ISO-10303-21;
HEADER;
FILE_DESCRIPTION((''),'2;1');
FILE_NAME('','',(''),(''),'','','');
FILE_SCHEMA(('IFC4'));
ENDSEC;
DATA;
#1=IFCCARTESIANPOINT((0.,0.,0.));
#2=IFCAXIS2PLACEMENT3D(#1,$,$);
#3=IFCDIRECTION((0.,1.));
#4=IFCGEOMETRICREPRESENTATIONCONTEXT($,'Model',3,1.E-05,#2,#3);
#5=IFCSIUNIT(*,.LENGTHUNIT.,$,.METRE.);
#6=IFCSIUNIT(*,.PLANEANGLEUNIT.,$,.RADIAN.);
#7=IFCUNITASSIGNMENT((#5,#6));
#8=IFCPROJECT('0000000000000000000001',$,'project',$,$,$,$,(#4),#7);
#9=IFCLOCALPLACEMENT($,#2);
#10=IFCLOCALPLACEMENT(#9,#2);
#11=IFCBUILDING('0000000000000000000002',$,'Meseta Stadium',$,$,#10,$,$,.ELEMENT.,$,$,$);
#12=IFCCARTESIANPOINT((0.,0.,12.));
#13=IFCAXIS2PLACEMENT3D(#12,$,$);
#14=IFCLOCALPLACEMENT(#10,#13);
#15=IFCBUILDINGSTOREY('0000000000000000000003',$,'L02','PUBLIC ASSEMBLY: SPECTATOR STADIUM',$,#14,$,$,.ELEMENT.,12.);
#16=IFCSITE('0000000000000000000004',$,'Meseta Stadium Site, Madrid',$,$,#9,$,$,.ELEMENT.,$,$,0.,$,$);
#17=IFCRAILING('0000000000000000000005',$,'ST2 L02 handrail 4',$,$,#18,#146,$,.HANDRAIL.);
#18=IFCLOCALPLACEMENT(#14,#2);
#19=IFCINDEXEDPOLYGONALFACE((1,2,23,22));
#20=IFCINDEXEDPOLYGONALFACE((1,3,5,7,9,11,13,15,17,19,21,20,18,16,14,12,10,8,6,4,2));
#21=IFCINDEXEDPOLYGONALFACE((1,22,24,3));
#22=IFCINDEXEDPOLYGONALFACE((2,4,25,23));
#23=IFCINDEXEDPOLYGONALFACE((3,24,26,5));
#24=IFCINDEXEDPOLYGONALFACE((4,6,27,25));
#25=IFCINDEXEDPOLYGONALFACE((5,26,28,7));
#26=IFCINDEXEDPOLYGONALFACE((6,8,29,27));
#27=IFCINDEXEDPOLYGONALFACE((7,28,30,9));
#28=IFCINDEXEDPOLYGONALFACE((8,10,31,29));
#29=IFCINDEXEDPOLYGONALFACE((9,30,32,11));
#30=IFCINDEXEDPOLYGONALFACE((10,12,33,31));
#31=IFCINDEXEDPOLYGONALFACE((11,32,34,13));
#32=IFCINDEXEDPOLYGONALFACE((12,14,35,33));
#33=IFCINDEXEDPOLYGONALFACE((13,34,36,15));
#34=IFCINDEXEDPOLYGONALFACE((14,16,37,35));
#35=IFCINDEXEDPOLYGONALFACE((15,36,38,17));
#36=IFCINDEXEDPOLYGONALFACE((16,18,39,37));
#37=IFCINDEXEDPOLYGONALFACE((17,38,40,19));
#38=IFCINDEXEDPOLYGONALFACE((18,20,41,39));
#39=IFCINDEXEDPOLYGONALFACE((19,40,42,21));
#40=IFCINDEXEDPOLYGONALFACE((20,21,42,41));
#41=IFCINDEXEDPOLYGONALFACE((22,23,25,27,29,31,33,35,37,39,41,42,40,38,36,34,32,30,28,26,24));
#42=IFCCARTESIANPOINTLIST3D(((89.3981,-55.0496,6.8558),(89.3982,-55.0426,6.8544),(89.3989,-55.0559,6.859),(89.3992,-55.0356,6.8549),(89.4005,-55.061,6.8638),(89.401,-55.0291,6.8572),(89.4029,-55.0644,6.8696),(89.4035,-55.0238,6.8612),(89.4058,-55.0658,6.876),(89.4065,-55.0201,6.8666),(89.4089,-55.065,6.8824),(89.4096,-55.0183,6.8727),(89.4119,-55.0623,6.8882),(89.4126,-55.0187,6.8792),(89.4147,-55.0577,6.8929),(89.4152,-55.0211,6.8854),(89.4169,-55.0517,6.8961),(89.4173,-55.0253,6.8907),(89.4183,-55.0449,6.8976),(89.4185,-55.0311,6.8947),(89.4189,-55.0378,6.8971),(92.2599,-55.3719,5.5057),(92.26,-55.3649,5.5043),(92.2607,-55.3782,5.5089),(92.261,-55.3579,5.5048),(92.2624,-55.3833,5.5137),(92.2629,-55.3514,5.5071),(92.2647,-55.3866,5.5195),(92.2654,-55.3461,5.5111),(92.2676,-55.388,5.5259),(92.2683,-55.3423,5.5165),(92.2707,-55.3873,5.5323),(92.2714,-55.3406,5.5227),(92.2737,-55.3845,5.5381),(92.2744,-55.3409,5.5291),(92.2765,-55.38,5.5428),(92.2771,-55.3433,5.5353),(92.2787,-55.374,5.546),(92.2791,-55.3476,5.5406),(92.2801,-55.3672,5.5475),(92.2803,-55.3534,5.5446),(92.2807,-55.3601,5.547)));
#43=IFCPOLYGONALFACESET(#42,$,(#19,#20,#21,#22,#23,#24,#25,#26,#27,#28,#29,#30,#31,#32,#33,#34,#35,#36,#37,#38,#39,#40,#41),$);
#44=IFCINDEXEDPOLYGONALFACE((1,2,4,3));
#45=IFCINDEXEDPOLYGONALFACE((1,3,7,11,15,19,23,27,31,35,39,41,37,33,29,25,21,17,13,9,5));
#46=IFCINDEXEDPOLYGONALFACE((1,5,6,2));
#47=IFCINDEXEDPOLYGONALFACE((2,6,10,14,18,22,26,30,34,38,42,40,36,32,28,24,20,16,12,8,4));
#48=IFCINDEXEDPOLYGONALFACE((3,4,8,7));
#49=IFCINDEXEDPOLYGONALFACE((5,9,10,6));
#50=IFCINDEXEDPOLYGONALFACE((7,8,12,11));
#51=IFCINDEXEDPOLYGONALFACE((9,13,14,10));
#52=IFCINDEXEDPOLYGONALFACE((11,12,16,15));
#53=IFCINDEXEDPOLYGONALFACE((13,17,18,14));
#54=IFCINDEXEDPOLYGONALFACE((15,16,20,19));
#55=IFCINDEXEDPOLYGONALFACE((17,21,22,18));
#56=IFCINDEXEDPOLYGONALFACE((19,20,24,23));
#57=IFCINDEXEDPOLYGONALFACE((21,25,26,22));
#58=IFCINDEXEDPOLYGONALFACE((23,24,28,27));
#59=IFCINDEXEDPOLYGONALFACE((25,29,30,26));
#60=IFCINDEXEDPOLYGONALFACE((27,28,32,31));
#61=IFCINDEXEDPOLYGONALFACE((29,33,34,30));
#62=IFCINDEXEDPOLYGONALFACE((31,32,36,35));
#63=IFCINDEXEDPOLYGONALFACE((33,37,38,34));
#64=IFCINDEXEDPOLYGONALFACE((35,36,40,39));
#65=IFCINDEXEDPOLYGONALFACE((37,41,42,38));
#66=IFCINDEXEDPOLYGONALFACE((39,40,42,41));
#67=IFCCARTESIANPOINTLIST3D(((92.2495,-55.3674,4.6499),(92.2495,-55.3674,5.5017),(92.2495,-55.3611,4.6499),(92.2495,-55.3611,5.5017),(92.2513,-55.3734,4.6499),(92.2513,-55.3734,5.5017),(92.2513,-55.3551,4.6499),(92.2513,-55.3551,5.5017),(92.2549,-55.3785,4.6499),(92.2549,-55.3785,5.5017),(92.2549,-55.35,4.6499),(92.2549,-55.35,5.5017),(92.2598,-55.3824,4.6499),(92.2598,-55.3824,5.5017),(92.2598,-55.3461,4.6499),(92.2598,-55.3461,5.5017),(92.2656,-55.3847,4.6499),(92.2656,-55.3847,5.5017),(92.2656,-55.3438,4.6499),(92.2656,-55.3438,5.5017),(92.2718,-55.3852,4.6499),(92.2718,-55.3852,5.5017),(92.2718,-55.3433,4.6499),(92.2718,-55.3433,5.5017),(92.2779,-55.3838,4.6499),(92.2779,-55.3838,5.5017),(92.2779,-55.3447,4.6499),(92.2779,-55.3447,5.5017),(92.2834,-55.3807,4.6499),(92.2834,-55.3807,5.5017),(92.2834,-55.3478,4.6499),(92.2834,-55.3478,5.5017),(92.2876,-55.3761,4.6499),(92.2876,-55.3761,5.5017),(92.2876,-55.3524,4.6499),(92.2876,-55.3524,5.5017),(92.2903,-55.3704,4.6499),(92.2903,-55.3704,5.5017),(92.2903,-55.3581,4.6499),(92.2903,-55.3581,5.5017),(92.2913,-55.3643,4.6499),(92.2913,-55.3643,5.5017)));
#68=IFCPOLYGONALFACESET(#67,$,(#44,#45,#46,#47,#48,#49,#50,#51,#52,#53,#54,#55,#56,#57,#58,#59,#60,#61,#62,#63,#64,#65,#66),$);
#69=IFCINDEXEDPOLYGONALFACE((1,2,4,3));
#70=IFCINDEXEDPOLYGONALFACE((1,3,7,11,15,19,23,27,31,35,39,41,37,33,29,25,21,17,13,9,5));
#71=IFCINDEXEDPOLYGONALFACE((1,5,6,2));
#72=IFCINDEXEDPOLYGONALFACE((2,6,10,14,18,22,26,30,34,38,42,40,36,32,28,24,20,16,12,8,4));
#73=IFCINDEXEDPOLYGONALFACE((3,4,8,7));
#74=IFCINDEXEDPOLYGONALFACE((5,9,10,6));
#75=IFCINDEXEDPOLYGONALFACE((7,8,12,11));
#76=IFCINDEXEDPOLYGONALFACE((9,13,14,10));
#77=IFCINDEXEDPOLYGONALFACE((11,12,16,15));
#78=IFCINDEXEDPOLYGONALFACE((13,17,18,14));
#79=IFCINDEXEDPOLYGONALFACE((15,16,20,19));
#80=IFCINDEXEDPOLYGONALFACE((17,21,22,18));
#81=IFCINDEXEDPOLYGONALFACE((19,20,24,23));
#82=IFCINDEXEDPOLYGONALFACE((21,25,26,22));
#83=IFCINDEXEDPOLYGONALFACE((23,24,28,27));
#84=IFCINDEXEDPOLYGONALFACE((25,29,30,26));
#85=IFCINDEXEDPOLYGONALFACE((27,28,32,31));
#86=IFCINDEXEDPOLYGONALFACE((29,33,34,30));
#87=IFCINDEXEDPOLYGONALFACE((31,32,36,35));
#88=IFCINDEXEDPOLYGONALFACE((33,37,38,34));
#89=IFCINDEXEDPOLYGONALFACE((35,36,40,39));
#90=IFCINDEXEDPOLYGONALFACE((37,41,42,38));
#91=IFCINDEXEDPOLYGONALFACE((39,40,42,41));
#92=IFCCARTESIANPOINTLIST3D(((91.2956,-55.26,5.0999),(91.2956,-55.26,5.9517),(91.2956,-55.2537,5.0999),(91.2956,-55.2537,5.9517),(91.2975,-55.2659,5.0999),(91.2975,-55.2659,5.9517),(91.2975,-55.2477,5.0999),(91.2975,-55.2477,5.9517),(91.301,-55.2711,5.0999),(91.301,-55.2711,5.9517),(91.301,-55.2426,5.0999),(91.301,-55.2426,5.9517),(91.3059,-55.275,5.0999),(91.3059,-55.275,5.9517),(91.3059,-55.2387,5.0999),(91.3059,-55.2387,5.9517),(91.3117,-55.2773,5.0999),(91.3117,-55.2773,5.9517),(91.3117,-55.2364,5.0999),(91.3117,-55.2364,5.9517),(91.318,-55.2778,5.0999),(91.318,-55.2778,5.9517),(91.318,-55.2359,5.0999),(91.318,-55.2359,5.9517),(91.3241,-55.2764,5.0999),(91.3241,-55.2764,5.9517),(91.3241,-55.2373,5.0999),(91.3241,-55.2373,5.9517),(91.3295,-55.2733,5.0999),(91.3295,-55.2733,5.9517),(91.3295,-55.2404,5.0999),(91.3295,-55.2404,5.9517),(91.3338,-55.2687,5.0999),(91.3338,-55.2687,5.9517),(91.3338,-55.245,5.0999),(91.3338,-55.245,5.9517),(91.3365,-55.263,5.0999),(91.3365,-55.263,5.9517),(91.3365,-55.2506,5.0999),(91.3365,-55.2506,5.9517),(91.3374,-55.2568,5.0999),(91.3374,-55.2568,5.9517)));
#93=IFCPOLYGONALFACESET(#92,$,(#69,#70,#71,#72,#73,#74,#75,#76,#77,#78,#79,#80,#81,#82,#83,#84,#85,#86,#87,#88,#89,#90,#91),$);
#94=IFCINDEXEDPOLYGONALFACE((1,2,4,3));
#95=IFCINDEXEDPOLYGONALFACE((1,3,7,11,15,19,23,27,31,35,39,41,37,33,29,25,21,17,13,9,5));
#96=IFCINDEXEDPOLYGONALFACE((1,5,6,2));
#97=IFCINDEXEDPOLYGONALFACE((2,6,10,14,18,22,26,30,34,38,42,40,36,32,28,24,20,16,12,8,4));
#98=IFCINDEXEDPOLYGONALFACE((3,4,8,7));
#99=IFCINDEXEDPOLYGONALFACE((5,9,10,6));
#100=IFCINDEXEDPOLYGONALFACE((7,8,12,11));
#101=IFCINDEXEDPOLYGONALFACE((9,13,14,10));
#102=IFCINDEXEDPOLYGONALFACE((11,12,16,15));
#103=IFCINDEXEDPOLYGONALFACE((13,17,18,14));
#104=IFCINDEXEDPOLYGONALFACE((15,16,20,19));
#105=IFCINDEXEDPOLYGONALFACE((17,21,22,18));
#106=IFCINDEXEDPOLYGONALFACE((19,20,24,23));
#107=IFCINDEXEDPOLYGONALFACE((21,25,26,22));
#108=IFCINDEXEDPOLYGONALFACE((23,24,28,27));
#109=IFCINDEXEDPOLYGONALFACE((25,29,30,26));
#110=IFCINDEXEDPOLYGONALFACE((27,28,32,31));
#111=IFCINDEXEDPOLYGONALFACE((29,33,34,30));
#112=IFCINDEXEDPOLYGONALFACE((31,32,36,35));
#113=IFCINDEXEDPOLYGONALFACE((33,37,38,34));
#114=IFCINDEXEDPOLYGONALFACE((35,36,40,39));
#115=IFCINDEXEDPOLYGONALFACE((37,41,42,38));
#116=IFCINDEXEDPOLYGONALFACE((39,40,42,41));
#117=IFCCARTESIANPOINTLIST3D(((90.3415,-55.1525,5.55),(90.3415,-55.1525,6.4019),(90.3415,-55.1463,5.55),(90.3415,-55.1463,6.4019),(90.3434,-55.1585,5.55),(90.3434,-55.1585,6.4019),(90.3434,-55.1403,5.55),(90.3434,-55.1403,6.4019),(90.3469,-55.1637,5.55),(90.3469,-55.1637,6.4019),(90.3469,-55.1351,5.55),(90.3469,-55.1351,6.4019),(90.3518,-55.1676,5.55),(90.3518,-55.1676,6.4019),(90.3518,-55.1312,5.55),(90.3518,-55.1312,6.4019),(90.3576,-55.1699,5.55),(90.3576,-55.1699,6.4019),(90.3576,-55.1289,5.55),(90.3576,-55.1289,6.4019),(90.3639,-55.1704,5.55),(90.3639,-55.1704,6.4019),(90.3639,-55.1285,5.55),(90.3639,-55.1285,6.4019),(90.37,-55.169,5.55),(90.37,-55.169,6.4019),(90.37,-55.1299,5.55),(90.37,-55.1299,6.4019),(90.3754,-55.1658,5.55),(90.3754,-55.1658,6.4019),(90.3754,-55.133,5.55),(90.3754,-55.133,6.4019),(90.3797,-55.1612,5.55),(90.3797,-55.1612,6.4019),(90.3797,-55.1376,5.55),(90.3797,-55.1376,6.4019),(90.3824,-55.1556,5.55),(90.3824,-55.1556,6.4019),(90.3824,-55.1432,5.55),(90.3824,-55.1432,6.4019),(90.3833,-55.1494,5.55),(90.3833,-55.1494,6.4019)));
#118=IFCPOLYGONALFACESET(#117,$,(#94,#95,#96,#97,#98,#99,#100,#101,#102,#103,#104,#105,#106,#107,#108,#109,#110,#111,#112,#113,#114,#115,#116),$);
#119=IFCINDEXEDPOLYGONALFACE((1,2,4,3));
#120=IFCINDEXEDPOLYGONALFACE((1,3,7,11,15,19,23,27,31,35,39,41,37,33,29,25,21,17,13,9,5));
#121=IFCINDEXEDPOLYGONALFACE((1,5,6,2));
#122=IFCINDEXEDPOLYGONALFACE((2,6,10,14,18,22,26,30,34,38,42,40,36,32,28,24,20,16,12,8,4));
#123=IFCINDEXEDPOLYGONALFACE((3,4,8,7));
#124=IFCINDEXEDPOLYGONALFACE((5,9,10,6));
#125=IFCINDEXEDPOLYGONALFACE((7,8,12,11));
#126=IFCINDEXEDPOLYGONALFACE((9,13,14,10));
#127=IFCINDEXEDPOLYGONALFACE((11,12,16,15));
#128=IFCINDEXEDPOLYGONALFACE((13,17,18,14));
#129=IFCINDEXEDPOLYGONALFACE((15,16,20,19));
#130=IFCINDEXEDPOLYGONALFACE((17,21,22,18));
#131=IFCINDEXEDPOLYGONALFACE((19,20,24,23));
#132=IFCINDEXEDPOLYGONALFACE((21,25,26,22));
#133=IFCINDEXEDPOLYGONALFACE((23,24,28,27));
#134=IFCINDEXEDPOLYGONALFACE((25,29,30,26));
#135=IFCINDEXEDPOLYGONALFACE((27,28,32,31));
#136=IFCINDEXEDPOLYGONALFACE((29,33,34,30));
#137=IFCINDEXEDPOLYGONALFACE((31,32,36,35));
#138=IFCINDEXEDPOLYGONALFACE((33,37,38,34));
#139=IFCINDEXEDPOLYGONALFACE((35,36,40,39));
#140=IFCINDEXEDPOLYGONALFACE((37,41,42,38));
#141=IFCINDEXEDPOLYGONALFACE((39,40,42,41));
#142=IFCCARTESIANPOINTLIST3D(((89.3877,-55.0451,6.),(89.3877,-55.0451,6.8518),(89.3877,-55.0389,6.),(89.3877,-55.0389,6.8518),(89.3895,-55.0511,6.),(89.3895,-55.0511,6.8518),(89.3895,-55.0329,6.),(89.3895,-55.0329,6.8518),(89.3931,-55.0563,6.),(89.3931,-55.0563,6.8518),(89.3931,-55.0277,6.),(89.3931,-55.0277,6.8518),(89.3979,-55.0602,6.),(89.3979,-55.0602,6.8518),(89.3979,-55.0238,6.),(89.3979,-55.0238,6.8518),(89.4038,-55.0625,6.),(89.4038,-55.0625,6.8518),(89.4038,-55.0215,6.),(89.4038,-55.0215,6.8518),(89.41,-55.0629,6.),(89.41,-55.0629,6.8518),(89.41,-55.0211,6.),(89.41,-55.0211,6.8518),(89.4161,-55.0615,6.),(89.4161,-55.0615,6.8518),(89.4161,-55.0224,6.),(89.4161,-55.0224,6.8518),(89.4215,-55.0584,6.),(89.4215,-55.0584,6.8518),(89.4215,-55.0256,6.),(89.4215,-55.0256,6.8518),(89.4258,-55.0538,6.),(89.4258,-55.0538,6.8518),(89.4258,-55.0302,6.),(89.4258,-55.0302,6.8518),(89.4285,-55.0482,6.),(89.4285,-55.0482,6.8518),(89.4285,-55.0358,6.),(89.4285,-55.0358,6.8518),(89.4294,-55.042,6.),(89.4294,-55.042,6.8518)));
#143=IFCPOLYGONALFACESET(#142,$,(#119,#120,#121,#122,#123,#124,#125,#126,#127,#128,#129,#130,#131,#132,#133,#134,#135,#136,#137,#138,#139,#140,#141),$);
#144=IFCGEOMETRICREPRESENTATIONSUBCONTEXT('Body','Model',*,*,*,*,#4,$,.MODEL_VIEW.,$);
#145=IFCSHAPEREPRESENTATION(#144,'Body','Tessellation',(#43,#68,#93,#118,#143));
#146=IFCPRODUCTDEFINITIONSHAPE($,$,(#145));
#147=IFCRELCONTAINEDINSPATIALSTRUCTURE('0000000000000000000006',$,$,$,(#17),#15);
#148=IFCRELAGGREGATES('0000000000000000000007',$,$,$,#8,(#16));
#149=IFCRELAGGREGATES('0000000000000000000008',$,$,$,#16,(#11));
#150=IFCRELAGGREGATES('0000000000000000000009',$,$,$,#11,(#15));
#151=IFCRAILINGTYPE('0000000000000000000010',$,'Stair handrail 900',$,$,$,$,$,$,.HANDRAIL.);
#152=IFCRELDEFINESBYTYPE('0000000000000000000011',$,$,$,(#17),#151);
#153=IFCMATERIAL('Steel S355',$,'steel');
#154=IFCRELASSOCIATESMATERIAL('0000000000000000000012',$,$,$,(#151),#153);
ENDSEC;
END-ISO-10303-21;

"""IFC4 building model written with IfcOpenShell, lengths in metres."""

from ifc_helpers import new_model, si_unit, direction, frame, origin, origin_2d, place, context, subcontext, project, spatial, circle, extrude, material, type_object, element, save


model = new_model("IFC4")

# Units and contexts
model_context = context("Model", 3, precision=1e-05, world=origin(), true_north=direction((0.0, 1.0)))
body_context = subcontext(model_context, "Body", "Model", "MODEL_VIEW")
ifc_project = project(units=[si_unit("LENGTHUNIT", "METRE"), si_unit("PLANEANGLEUNIT", "RADIAN")], contexts=[model_context])

# Site, building, storey
site_placement = place(None, origin())
site = spatial("IfcSite", under=ifc_project, at=site_placement, Name="Meseta Stadium Site, Madrid", CompositionType="ELEMENT", RefElevation=0.0)
building_placement = place(site_placement, origin())
building = spatial("IfcBuilding", under=site, at=building_placement, Name="Meseta Stadium", CompositionType="ELEMENT")
storey_placement = place(building_placement, frame((0.0, 0.0, 12.0)))
storey = spatial("IfcBuildingStorey", under=building, at=storey_placement, Name="L02", Description="PUBLIC ASSEMBLY: SPECTATOR STADIUM", CompositionType="ELEMENT", Elevation=12.0)

# Railing
ifc_material_1 = material(Name="Steel S355", Category="steel")
railing_type_1 = type_object("IfcRailingType", Name="Stair handrail 900", PredefinedType="HANDRAIL", material=ifc_material_1)
for number, where, name in (
    (1, (92.2703, -55.3643, 4.6499), "ST2 L02 handrail 4"),
):
    element("IfcRailing", number, at=place(storey_placement, frame(where)), inside=storey, type_object=railing_type_1, Name=name, PredefinedType="HANDRAIL", context=body_context, shape_type="SweptSolid", body=[
        extrude(circle(Radius=0.0239, at=origin_2d()), frame((0.0, 0.0, 0.876), z_axis=(-0.899755, 0.10132, 0.424471), x_axis=(-0.111902, -0.993719, 0.0)), (0.0, 0.0, 1.0), 3.1807),
        extrude(circle(Radius=0.021, at=origin_2d()), origin(), (0.0, 0.0, 1.0), 0.8518),
        extrude(circle(Radius=0.021, at=origin_2d()), frame((-0.9539, 0.1074, 0.45)), (0.0, 0.0, 1.0), 0.8518),
        extrude(circle(Radius=0.021, at=origin_2d()), frame((-1.908, 0.2148, 0.9001)), (0.0, 0.0, 1.0), 0.8518),
        extrude(circle(Radius=0.021, at=origin_2d()), frame((-2.8618, 0.3223, 1.3501)), (0.0, 0.0, 1.0), 0.8518),
    ])

save(model, "model.ifc")
